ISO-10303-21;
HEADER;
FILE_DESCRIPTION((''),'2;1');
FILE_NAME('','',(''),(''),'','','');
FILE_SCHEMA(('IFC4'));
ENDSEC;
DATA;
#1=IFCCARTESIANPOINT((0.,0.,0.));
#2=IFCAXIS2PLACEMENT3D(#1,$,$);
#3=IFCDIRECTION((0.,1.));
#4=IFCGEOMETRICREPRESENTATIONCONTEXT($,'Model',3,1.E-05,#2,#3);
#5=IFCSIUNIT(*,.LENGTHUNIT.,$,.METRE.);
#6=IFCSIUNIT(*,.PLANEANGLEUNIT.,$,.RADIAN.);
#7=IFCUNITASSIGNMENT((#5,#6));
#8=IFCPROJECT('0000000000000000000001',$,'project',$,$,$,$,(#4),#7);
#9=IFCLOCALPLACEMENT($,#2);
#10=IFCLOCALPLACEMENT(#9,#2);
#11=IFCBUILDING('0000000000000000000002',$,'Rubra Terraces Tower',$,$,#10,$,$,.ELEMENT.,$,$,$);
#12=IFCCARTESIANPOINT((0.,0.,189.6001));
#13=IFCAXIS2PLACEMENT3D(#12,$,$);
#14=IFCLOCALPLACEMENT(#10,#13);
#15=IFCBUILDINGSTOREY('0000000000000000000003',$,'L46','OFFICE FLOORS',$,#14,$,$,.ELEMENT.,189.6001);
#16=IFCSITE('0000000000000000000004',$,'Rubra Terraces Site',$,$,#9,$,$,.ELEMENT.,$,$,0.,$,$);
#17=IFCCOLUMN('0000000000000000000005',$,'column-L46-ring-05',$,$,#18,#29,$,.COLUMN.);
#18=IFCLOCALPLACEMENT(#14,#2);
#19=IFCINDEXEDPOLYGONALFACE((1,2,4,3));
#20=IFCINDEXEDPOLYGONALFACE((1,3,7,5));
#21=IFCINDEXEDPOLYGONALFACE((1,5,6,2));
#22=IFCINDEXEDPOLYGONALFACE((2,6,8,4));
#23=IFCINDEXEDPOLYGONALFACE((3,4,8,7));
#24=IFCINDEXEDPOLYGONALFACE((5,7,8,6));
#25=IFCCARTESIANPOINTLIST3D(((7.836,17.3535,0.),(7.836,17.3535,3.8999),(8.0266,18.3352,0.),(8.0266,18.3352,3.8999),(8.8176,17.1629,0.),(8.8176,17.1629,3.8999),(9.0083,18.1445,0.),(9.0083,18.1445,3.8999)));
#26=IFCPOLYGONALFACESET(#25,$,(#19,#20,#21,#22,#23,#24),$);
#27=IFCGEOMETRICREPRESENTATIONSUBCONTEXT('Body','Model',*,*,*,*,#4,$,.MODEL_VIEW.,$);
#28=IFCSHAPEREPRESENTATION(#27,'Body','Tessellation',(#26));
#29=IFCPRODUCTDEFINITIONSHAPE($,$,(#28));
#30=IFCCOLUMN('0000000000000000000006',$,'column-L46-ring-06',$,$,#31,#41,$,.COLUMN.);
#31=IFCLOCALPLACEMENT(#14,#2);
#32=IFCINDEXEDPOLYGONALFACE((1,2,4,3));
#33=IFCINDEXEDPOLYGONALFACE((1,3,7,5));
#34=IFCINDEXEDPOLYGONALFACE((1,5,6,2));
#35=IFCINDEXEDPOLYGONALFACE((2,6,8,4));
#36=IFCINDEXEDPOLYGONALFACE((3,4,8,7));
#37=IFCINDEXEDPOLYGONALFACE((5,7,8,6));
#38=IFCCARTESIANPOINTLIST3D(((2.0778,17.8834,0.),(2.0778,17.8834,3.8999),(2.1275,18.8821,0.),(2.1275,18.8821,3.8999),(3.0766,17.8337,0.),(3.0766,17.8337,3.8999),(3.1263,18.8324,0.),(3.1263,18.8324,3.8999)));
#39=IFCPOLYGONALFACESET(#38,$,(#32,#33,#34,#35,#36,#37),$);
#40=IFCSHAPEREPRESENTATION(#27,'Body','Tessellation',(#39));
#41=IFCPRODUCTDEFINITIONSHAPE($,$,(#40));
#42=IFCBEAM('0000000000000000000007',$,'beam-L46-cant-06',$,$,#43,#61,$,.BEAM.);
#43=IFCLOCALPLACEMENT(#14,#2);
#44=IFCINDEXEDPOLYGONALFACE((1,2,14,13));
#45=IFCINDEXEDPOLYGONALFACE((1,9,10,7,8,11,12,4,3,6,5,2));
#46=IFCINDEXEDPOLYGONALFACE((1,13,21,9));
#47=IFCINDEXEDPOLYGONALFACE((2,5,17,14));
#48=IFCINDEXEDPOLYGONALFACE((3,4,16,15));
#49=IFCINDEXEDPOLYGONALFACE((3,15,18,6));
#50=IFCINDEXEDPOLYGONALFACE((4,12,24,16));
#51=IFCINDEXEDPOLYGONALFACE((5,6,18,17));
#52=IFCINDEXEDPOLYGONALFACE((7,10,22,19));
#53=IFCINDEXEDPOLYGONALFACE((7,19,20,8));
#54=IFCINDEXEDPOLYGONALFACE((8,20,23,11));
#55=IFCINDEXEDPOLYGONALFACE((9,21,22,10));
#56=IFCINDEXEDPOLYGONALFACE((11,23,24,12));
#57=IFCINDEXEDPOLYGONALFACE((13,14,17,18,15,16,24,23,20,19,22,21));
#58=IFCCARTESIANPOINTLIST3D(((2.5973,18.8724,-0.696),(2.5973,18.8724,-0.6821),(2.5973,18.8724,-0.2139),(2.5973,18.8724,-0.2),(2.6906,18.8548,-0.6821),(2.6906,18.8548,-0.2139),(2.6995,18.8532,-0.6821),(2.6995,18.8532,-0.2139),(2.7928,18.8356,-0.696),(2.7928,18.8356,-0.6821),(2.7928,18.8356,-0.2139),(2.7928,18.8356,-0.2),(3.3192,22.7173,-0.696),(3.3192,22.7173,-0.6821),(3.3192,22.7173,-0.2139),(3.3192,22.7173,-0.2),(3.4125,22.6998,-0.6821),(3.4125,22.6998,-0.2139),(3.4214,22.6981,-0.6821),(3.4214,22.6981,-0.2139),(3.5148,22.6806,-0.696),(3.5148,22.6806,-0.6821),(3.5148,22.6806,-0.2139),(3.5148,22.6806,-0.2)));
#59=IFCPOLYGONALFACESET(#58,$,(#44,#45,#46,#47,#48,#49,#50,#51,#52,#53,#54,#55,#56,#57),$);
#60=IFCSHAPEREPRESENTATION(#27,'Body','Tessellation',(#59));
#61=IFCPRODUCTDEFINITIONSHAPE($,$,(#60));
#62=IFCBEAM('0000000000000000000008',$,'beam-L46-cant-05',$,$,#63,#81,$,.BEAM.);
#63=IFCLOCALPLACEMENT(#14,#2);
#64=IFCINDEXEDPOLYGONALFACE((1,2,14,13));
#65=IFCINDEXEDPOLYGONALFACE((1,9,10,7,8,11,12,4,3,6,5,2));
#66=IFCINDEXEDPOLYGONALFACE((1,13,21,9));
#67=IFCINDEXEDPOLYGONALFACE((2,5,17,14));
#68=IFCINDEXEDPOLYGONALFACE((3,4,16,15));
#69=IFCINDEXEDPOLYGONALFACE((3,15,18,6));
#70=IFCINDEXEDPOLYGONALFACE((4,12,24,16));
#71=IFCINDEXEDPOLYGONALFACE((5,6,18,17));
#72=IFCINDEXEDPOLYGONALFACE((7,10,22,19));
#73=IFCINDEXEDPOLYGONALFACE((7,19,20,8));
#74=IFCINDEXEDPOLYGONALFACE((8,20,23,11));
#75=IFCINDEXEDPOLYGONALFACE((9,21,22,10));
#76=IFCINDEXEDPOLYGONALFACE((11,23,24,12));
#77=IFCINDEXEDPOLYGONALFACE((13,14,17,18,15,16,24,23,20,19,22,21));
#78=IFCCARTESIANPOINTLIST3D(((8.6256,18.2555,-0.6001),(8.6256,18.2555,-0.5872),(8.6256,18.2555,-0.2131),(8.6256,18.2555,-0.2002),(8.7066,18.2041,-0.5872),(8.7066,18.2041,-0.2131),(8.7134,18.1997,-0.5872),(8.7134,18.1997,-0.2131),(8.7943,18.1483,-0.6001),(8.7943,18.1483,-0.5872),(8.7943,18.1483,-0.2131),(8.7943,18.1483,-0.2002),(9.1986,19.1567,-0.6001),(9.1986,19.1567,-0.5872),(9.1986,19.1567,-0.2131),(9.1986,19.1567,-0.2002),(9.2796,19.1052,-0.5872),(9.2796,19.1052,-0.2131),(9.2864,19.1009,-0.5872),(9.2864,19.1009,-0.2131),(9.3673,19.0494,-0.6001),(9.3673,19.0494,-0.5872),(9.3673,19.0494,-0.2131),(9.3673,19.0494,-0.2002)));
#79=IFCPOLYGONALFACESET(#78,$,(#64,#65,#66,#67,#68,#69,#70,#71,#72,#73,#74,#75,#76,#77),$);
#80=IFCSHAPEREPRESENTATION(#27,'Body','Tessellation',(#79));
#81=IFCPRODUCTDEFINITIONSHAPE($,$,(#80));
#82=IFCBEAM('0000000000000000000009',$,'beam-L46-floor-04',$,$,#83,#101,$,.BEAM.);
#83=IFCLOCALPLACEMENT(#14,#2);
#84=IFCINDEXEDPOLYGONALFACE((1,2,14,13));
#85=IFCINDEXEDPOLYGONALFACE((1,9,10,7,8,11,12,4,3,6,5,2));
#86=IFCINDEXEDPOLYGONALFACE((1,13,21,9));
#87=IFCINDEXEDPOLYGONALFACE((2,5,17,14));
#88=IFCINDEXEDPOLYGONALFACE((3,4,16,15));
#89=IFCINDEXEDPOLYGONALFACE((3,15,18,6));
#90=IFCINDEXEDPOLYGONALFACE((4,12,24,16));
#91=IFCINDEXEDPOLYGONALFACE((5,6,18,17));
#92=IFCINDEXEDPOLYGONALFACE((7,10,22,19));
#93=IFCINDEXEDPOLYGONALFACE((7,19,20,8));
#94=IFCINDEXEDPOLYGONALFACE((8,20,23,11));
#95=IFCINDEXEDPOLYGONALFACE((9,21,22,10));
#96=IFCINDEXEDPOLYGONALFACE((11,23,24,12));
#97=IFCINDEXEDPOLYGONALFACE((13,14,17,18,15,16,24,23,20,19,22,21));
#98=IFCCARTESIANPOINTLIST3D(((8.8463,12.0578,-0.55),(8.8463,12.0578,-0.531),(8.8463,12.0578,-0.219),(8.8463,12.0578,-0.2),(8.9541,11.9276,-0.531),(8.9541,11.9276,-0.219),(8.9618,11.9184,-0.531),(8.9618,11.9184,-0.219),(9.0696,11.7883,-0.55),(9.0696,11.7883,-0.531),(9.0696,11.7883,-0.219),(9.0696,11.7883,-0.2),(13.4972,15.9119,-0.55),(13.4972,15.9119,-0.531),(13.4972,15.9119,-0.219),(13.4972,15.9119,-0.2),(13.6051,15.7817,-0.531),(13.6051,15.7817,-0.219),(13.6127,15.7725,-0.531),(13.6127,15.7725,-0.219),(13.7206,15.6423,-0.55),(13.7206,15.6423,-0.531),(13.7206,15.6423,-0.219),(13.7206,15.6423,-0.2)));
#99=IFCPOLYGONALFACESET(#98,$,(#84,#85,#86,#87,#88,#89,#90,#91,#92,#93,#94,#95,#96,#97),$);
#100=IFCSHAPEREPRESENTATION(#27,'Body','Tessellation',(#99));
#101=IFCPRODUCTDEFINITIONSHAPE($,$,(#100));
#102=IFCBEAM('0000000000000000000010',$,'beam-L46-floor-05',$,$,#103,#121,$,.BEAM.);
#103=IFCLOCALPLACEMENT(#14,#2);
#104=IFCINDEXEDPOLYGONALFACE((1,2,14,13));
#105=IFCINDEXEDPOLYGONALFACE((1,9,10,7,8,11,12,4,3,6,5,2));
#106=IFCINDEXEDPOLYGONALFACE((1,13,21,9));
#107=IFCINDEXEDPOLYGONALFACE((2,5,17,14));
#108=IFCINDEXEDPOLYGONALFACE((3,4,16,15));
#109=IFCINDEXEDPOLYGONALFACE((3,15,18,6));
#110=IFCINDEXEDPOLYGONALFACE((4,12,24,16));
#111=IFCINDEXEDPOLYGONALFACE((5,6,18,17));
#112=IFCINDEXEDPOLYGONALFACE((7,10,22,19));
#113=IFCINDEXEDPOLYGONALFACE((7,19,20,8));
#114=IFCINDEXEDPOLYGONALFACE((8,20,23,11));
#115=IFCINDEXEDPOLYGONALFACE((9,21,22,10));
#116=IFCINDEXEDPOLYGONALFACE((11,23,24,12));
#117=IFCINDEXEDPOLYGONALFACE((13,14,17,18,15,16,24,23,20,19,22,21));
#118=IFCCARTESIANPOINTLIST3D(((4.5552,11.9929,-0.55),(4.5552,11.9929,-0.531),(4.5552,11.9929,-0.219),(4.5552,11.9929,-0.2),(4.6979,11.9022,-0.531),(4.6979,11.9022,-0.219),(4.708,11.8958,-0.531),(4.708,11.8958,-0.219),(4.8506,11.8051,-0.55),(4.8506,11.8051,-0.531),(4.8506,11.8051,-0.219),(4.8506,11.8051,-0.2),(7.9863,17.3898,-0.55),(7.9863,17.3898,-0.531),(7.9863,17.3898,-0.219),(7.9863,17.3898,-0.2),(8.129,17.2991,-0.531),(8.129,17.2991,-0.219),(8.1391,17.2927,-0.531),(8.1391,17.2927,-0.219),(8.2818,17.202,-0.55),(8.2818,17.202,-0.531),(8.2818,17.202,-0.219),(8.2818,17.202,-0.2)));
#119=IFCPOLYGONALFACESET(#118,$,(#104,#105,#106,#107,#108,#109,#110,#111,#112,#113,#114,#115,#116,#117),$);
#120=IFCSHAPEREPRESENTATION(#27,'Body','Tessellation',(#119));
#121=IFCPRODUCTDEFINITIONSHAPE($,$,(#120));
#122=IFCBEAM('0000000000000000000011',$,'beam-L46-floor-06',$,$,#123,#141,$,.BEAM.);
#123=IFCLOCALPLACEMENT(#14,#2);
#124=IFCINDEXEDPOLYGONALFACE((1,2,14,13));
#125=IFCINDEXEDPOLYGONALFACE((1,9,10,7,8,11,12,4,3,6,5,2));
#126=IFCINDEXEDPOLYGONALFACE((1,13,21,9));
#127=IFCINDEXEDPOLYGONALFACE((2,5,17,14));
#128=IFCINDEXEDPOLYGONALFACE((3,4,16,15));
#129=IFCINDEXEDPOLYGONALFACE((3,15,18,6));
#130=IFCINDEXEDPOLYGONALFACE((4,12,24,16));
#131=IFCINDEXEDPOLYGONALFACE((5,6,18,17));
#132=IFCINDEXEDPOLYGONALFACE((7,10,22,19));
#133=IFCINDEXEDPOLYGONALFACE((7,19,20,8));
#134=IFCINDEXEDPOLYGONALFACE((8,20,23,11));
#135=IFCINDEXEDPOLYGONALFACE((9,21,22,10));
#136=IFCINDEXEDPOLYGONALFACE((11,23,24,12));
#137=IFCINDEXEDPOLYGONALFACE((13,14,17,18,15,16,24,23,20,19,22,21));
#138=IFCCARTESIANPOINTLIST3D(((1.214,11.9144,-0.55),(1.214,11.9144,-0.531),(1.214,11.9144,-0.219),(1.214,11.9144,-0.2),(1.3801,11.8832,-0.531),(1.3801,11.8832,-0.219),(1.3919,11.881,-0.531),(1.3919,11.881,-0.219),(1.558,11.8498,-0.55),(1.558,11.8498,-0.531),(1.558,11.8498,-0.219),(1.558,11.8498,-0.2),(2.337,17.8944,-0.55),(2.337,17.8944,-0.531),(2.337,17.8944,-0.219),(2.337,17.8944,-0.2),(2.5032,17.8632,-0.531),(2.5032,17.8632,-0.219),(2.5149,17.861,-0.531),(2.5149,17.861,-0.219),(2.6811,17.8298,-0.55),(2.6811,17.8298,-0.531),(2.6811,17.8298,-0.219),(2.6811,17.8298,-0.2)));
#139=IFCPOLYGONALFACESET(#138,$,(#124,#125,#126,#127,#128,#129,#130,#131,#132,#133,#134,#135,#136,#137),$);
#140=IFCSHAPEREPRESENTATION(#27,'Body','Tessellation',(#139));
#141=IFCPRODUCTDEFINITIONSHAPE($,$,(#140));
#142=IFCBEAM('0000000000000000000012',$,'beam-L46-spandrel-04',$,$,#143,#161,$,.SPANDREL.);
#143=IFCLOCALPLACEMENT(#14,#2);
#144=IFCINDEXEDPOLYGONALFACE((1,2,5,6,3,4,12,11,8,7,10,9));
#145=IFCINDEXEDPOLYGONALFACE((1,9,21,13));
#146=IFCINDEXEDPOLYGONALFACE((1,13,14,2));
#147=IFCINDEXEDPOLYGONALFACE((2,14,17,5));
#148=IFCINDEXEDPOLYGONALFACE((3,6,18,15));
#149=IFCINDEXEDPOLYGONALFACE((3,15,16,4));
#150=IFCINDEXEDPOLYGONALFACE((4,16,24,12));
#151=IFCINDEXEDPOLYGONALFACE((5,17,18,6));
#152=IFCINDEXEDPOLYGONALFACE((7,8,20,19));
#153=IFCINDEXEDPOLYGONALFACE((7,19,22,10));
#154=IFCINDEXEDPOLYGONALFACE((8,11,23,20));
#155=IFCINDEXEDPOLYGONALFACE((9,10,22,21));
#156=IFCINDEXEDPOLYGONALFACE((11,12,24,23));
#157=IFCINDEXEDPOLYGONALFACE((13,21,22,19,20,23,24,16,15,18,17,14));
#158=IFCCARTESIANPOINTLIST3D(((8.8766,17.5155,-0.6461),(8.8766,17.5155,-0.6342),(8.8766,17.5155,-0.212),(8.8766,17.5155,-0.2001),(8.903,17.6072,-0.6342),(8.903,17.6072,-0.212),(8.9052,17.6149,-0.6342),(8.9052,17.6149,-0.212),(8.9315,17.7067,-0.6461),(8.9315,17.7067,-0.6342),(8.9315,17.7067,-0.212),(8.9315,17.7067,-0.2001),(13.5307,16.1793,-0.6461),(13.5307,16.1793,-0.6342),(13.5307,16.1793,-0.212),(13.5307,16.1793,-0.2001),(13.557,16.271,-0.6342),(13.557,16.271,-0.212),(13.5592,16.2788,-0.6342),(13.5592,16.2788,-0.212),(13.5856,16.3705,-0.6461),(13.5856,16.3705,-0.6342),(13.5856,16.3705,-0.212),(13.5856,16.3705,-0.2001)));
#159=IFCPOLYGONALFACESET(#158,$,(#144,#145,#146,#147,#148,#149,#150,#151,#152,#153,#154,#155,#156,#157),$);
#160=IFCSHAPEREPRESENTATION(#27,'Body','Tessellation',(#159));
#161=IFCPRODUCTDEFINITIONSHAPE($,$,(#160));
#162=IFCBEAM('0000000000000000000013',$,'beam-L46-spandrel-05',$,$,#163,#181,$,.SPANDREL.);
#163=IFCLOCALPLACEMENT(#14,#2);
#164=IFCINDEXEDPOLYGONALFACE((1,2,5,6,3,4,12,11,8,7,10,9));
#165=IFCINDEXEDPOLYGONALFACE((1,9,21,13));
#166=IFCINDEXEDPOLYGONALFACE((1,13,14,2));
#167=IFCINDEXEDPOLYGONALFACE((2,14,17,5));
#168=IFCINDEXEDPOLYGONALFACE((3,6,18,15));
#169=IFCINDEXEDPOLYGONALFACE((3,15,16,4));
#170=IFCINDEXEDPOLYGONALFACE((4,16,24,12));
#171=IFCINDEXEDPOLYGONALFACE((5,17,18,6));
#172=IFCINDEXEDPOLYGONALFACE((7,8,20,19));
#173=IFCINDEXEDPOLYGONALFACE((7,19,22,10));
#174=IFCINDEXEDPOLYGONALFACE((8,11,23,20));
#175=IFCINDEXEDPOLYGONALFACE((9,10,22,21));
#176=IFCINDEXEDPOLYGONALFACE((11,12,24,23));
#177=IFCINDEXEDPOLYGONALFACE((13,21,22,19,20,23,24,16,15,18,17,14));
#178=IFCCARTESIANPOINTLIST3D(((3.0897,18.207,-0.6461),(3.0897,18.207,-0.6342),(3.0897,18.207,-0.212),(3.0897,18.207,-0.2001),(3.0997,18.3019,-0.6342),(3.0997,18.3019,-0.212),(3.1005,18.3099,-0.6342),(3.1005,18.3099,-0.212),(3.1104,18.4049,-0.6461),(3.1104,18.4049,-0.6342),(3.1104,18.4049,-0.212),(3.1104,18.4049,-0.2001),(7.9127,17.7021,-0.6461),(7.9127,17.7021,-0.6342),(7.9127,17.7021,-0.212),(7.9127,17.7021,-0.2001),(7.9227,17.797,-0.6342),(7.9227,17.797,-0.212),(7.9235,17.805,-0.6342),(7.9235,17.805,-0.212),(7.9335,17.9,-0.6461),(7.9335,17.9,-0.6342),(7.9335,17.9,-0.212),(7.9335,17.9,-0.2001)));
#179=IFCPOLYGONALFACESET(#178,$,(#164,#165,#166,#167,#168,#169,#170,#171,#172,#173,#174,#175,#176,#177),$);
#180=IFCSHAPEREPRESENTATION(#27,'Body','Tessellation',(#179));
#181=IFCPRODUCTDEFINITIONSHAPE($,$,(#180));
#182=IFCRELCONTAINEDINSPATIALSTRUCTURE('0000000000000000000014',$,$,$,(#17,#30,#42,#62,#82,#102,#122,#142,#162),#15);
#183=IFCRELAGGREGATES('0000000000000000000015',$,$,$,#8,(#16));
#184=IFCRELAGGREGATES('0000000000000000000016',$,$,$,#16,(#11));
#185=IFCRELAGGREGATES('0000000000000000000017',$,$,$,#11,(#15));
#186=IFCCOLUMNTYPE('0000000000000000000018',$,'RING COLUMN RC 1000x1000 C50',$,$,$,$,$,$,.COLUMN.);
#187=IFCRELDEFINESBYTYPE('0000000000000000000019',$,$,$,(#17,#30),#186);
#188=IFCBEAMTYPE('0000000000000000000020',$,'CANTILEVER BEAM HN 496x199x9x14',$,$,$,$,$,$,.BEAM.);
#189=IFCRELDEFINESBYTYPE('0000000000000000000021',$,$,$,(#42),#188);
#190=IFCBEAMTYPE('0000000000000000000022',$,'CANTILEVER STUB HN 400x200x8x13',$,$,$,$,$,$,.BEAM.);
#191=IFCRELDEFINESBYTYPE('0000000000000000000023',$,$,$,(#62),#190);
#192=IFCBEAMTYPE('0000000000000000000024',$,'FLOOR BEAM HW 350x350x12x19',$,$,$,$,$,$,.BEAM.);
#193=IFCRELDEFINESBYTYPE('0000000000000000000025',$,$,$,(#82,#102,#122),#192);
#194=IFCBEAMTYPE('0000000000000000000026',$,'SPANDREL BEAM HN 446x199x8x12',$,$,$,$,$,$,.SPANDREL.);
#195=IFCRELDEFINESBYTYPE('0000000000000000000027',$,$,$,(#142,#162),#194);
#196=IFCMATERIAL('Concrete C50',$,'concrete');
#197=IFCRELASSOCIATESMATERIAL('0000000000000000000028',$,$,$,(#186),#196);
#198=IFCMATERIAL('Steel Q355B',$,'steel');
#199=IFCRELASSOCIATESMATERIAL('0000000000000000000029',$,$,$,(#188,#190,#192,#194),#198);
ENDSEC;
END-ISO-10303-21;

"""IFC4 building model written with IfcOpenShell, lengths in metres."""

from ifc_helpers import new_model, si_unit, direction, frame, origin, origin_2d, place, context, subcontext, project, spatial, rectangle, i_section, extrude, material, material_profile, profile_set, type_object, element, save


model = new_model("IFC4")

# Units and contexts
model_context = context("Model", 3, precision=1e-05, world=origin(), true_north=direction((0.0, 1.0)))
body_context = subcontext(model_context, "Body", "Model", "MODEL_VIEW")
ifc_project = project(units=[si_unit("LENGTHUNIT", "METRE"), si_unit("PLANEANGLEUNIT", "RADIAN")], contexts=[model_context])

# Site, building, storey
site_placement = place(None, origin())
site = spatial("IfcSite", under=ifc_project, at=site_placement, Name="Rubra Terraces Site", CompositionType="ELEMENT", RefElevation=0.0)
building_placement = place(site_placement, origin())
building = spatial("IfcBuilding", under=site, at=building_placement, Name="Rubra Terraces Tower", CompositionType="ELEMENT")
storey_placement = place(building_placement, frame((0.0, 0.0, 189.6001)))
storey = spatial("IfcBuildingStorey", under=building, at=storey_placement, Name="L46", Description="OFFICE FLOORS", CompositionType="ELEMENT", Elevation=189.6001)

# Columns
ifc_material_1 = material(Name="Concrete C50", Category="concrete")
ifc_material_profile_1 = material_profile(ifc_material_1, rectangle(XDim=1.0, YDim=1.0, at=origin_2d()), Name="RC 1000x1000")
ifc_profile_set_1 = profile_set([ifc_material_profile_1], Name="Concrete C50")
column_type = type_object("IfcColumnType", Name="RING COLUMN RC 1000x1000 C50", PredefinedType="COLUMN", material=ifc_profile_set_1)
for number, where, z_axis, x_axis, name in (
    (1, (8.4221, 17.749, 0.0), (0.0, 0.0, 1.0), (-0.981655, 0.190668, 0.0), "column-L46-ring-05"),
    (2, (2.6021, 18.3579, 0.0), (0.0, 0.0, 1.0), (-0.998764, 0.049699, 0.0), "column-L46-ring-06"),
):
    element("IfcColumn", number, at=place(storey_placement, frame(where, z_axis=z_axis, x_axis=x_axis)), inside=storey, type_object=column_type, Name=name, PredefinedType="COLUMN", context=body_context, shape_type="SweptSolid", body=[
        extrude(rectangle(XDim=1.0, YDim=1.0, at=origin_2d()), origin(), (0.0, 0.0, 1.0), 3.8999),
    ])

# Beams
ifc_material_2 = material(Name="Steel Q355B", Category="steel")
ifc_material_profile_2 = material_profile(ifc_material_2, i_section(OverallWidth=0.199, OverallDepth=0.4961, WebThickness=0.009, FlangeThickness=0.0139, at=origin_2d()), Name="HN 496x199x9x14")
ifc_profile_set_2 = profile_set([ifc_material_profile_2], Name="Steel Q355B")
beam_type_1 = type_object("IfcBeamType", Name="CANTILEVER BEAM HN 496x199x9x14", PredefinedType="BEAM", material=ifc_profile_set_2)
beam_1_placement = place(storey_placement, frame((2.6951, 18.854, -0.448), z_axis=(0.184533, 0.982826, 0.0), x_axis=(-0.982826, 0.184533, 0.0)))
element("IfcBeam", 3, at=beam_1_placement, inside=storey, type_object=beam_type_1, Name="beam-L46-cant-06", PredefinedType="BEAM", context=body_context, shape_type="SweptSolid", body=[
    extrude(i_section(OverallWidth=0.199, OverallDepth=0.4961, WebThickness=0.009, FlangeThickness=0.0139, at=origin_2d()), origin(), (0.0, 0.0, 1.0), 3.9121),
])
ifc_material_profile_3 = material_profile(ifc_material_2, i_section(OverallWidth=0.2, OverallDepth=0.3999, WebThickness=0.0081, FlangeThickness=0.0129, at=origin_2d()), Name="HN 400x200x8x13")
ifc_profile_set_3 = profile_set([ifc_material_profile_3], Name="Steel Q355B")
beam_type_2 = type_object("IfcBeamType", Name="CANTILEVER STUB HN 400x200x8x13", PredefinedType="BEAM", material=ifc_profile_set_3)
beam_2_placement = place(storey_placement, frame((8.71, 18.2019, -0.4001), z_axis=(0.53658, 0.84385, 0.0), x_axis=(-0.84385, 0.53658, 0.0)))
element("IfcBeam", 4, at=beam_2_placement, inside=storey, type_object=beam_type_2, Name="beam-L46-cant-05", PredefinedType="BEAM", context=body_context, shape_type="SweptSolid", body=[
    extrude(i_section(OverallWidth=0.2, OverallDepth=0.3999, WebThickness=0.0081, FlangeThickness=0.0129, at=origin_2d()), origin(), (0.0, 0.0, 1.0), 1.0679),
])
ifc_material_profile_4 = material_profile(ifc_material_2, i_section(OverallWidth=0.3501, OverallDepth=0.3501, WebThickness=0.012, FlangeThickness=0.019, at=origin_2d()), Name="HW 350x350x12x19")
ifc_profile_set_4 = profile_set([ifc_material_profile_4], Name="Steel Q355B")
beam_type_3 = type_object("IfcBeamType", Name="FLOOR BEAM HW 350x350x12x19", PredefinedType="BEAM", material=ifc_profile_set_4)
beam_3_placement = place(storey_placement, frame((13.6089, 15.7771, -0.375), z_axis=(-0.769988, -0.638059, 0.0), x_axis=(0.638059, -0.769988, 0.0)))
element("IfcBeam", 5, at=beam_3_placement, inside=storey, type_object=beam_type_3, Name="beam-L46-floor-04", PredefinedType="BEAM", context=body_context, shape_type="SweptSolid", body=[
    extrude(i_section(OverallWidth=0.3501, OverallDepth=0.3501, WebThickness=0.012, FlangeThickness=0.019, at=origin_2d()), origin(), (0.0, 0.0, 1.0), 6.0403),
])
beam_4_placement = place(storey_placement, frame((8.134, 17.2959, -0.375), z_axis=(-0.53651, -0.843894, 0.0), x_axis=(0.843894, -0.53651, 0.0)))
element("IfcBeam", 6, at=beam_4_placement, inside=storey, type_object=beam_type_3, Name="beam-L46-floor-05", PredefinedType="BEAM", context=body_context, shape_type="SweptSolid", body=[
    extrude(i_section(OverallWidth=0.3501, OverallDepth=0.3501, WebThickness=0.012, FlangeThickness=0.019, at=origin_2d()), origin(), (0.0, 0.0, 1.0), 6.3953),
])
beam_5_placement = place(storey_placement, frame((2.509, 17.8621, -0.375), z_axis=(-0.184574, -0.982819, 0.0), x_axis=(0.982819, -0.184574, 0.0)))
element("IfcBeam", 7, at=beam_5_placement, inside=storey, type_object=beam_type_3, Name="beam-L46-floor-06", PredefinedType="BEAM", context=body_context, shape_type="SweptSolid", body=[
    extrude(i_section(OverallWidth=0.3501, OverallDepth=0.3501, WebThickness=0.012, FlangeThickness=0.019, at=origin_2d()), origin(), (0.0, 0.0, 1.0), 6.0845),
])
ifc_material_profile_5 = material_profile(ifc_material_2, i_section(OverallWidth=0.199, OverallDepth=0.446, WebThickness=0.0081, FlangeThickness=0.012, at=origin_2d()), Name="HN 446x199x8x12")
ifc_profile_set_5 = profile_set([ifc_material_profile_5], Name="Steel Q355B")
beam_type_4 = type_object("IfcBeamType", Name="SPANDREL BEAM HN 446x199x8x12", PredefinedType="SPANDREL", material=ifc_profile_set_5)
beam_6_placement = place(storey_placement, frame((13.5581, 16.2749, -0.4231), z_axis=(-0.961171, 0.275953, 0.0), x_axis=(-0.275953, -0.961171, 0.0)))
element("IfcBeam", 8, at=beam_6_placement, inside=storey, type_object=beam_type_4, Name="beam-L46-spandrel-04", PredefinedType="SPANDREL", context=body_context, shape_type="SweptSolid", body=[
    extrude(i_section(OverallWidth=0.199, OverallDepth=0.446, WebThickness=0.0081, FlangeThickness=0.012, at=origin_2d()), origin(), (0.0, 0.0, 1.0), 4.842),
])
beam_7_placement = place(storey_placement, frame((7.9231, 17.801, -0.4231), z_axis=(-0.994565, 0.104113, 0.0), x_axis=(-0.104113, -0.994565, 0.0)))
element("IfcBeam", 9, at=beam_7_placement, inside=storey, type_object=beam_type_4, Name="beam-L46-spandrel-05", PredefinedType="SPANDREL", context=body_context, shape_type="SweptSolid", body=[
    extrude(i_section(OverallWidth=0.199, OverallDepth=0.446, WebThickness=0.0081, FlangeThickness=0.012, at=origin_2d()), origin(), (0.0, 0.0, 1.0), 4.8494),
])

save(model, "model.ifc")
